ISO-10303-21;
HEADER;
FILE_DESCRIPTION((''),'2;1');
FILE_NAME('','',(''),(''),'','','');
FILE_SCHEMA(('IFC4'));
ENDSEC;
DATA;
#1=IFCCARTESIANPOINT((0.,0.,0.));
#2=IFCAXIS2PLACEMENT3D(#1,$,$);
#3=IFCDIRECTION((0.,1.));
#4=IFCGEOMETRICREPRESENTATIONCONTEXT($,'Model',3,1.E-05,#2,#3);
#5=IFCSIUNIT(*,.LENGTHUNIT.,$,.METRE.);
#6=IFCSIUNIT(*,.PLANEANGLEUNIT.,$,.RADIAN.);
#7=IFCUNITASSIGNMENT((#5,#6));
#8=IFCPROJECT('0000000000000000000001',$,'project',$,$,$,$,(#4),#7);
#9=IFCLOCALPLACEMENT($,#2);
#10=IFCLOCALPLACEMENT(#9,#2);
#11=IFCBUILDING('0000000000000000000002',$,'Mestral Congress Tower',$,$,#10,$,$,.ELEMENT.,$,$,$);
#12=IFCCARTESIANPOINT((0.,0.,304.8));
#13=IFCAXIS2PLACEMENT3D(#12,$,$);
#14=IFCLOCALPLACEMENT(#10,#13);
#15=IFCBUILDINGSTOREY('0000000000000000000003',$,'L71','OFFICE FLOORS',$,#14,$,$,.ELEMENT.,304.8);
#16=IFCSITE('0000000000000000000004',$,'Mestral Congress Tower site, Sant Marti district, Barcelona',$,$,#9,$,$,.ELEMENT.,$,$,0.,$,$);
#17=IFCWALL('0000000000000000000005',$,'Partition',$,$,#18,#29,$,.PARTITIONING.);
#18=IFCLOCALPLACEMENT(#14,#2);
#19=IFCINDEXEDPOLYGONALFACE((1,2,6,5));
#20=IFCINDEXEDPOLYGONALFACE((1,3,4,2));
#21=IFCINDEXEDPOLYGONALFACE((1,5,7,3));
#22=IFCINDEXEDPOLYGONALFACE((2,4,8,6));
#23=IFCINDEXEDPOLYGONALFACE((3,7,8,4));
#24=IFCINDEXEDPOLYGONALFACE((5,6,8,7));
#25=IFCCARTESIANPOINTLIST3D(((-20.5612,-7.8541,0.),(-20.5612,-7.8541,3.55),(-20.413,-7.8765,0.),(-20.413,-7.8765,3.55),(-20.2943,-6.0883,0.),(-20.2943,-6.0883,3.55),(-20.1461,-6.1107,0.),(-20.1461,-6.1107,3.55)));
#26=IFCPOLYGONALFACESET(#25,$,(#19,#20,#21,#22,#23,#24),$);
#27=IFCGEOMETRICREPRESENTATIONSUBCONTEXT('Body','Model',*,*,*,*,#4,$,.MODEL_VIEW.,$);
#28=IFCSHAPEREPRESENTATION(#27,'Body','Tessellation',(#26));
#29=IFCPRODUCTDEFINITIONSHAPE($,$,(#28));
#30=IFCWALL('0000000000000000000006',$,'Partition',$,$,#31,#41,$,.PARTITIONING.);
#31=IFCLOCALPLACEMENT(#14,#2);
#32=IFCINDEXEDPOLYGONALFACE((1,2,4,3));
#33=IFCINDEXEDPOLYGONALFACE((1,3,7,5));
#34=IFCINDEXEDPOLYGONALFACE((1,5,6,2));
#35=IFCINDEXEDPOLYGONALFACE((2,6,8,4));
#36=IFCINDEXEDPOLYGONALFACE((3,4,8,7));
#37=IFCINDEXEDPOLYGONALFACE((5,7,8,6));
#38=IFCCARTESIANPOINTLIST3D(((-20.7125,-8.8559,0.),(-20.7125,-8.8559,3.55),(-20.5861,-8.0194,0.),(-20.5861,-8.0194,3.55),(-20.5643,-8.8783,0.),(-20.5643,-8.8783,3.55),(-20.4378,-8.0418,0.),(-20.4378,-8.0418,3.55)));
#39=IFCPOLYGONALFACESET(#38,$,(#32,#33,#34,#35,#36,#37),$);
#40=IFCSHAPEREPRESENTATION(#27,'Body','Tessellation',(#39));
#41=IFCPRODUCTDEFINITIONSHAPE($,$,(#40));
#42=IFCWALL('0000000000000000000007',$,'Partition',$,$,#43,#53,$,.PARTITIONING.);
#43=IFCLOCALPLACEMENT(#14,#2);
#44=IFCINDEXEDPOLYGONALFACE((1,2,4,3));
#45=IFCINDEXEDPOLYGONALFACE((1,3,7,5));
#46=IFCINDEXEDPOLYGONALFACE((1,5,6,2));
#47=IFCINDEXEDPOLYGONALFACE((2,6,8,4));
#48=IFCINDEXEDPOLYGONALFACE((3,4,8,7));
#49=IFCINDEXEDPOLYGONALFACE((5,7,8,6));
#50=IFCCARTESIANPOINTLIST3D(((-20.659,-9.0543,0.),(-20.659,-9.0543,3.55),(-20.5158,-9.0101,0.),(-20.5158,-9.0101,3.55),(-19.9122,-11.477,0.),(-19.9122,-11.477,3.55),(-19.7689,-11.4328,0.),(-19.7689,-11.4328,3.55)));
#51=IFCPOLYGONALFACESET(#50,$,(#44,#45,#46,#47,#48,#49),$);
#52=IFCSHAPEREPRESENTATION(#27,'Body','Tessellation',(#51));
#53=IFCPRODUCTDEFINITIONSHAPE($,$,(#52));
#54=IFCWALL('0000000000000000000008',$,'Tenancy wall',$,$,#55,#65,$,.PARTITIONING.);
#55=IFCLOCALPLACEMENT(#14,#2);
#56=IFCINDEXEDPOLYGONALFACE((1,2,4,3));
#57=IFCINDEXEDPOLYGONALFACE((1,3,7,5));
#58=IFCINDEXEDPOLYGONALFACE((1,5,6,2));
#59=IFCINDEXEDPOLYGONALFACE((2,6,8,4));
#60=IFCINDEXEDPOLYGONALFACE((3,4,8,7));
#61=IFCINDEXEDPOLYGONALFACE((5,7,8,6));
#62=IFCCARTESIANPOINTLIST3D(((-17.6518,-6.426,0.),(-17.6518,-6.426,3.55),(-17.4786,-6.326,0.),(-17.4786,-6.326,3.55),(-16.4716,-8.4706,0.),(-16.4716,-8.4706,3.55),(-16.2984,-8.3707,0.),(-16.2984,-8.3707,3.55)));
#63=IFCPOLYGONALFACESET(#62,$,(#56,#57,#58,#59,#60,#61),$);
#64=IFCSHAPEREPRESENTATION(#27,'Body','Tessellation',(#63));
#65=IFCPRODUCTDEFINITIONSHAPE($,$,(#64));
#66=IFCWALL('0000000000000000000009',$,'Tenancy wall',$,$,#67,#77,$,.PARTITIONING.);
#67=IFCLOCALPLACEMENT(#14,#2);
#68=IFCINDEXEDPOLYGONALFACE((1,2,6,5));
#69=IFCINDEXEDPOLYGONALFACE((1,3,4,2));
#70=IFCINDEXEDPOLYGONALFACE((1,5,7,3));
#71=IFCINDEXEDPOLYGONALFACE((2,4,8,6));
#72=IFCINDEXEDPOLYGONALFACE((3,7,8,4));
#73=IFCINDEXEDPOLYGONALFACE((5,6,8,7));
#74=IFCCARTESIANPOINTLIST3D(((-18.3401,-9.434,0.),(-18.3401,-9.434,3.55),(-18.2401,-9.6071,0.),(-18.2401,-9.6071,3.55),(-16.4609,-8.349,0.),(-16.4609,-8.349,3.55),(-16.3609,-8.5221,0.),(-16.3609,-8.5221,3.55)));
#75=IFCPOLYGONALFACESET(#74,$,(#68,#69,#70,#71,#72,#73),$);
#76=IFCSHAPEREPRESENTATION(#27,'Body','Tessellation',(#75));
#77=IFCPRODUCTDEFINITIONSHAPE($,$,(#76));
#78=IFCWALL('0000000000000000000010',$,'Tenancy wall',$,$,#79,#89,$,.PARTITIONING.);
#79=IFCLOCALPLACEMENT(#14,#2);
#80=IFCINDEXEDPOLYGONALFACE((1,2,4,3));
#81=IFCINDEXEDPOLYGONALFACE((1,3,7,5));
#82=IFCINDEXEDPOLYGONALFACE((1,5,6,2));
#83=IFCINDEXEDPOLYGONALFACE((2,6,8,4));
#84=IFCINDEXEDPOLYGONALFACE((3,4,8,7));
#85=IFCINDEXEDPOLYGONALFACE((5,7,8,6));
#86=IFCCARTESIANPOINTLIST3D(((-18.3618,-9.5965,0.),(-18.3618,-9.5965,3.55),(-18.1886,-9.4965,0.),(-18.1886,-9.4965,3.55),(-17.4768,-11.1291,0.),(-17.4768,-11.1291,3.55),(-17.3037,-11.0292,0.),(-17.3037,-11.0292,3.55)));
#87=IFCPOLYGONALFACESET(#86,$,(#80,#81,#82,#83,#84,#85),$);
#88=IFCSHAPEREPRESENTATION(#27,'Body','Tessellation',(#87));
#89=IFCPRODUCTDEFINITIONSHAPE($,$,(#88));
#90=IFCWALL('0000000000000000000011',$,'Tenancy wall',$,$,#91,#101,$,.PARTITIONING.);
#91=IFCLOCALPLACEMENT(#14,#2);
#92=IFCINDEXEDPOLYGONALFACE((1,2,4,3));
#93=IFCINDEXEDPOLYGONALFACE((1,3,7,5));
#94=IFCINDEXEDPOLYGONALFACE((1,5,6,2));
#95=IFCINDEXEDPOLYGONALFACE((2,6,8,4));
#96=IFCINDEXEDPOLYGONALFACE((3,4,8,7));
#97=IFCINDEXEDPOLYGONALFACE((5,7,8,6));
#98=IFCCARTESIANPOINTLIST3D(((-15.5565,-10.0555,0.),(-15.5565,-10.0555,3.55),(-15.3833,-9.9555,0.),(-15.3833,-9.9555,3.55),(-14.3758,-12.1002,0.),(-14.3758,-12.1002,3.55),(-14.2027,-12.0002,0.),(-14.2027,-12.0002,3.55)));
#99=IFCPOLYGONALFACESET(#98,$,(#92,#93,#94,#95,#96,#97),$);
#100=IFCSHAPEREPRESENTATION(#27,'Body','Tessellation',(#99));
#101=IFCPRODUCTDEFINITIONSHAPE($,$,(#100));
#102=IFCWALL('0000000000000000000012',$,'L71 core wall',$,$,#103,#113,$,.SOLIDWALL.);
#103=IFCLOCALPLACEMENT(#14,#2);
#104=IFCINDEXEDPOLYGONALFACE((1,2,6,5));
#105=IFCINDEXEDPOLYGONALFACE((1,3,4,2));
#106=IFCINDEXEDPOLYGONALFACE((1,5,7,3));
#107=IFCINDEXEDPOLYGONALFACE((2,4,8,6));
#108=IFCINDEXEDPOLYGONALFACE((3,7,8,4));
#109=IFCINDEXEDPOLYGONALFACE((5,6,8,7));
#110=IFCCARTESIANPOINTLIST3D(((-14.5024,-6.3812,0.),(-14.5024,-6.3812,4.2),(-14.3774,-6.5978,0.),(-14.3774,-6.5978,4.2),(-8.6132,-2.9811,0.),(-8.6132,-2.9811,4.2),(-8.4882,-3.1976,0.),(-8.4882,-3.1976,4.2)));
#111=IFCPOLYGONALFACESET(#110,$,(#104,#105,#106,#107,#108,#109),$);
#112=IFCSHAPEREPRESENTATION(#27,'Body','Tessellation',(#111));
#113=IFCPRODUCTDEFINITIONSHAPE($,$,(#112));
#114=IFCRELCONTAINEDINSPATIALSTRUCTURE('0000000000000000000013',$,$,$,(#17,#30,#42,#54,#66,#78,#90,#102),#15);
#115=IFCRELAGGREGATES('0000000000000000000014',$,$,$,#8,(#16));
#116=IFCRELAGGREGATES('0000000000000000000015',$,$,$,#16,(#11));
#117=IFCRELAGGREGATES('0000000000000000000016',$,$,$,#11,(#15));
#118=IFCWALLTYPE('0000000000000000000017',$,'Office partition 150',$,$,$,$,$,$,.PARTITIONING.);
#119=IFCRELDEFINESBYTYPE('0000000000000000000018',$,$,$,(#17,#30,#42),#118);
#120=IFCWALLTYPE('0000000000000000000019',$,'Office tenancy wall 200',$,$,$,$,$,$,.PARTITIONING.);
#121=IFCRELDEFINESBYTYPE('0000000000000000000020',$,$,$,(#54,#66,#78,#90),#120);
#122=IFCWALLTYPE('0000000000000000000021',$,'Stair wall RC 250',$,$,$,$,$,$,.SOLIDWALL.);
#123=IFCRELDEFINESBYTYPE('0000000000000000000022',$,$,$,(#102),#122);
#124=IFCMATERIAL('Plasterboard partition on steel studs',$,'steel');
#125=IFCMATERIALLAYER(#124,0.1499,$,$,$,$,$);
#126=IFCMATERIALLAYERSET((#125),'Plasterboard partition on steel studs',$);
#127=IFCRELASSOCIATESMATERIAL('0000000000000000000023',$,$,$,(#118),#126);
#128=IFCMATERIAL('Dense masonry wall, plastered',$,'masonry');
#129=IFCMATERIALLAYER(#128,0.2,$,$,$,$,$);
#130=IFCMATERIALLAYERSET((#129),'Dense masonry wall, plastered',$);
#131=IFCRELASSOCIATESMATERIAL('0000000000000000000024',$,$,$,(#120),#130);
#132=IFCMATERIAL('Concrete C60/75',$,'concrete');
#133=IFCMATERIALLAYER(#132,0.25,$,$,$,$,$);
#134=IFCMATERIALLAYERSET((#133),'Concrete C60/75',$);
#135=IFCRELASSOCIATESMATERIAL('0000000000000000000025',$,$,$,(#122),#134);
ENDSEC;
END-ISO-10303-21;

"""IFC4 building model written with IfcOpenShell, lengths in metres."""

from ifc_helpers import new_model, si_unit, direction, frame, frame_2d, origin, place, context, subcontext, project, spatial, rectangle, extrude, material, layer, layer_set, type_object, element, save


model = new_model("IFC4")

# Units and contexts
model_context = context("Model", 3, precision=1e-05, world=origin(), true_north=direction((0.0, 1.0)))
body_context = subcontext(model_context, "Body", "Model", "MODEL_VIEW")
ifc_project = project(units=[si_unit("LENGTHUNIT", "METRE"), si_unit("PLANEANGLEUNIT", "RADIAN")], contexts=[model_context])

# Site, building, storey
site_placement = place(None, origin())
site = spatial("IfcSite", under=ifc_project, at=site_placement, Name="Mestral Congress Tower site, Sant Marti district, Barcelona", CompositionType="ELEMENT", RefElevation=0.0)
building_placement = place(site_placement, origin())
building = spatial("IfcBuilding", under=site, at=building_placement, Name="Mestral Congress Tower", CompositionType="ELEMENT")
storey_placement = place(building_placement, frame((0.0, 0.0, 304.8)))
storey = spatial("IfcBuildingStorey", under=building, at=storey_placement, Name="L71", Description="OFFICE FLOORS", CompositionType="ELEMENT", Elevation=304.8)

# Shared definitions
ifc_material_1 = material(Name="Concrete C60/75", Category="concrete")

# Shared definitions
ifc_material_2 = material(Name="Plasterboard partition on steel studs", Category="steel")
ifc_layer_1 = layer(ifc_material_2, 0.1499)
ifc_layer_set_1 = layer_set([ifc_layer_1], Name="Plasterboard partition on steel studs")
wall_type_1 = type_object("IfcWallType", Name="Office partition 150", PredefinedType="PARTITIONING", material=ifc_layer_set_1)

# Walls
wall_1_placement = place(storey_placement, frame((-20.2202, -6.0994, 0.0), z_axis=(0.0, 0.0, 1.0), x_axis=(-0.149417, -0.988774, 0.0)))
element("IfcWall", 1, at=wall_1_placement, inside=storey, type_object=wall_type_1, Name="Partition", PredefinedType="PARTITIONING", context=body_context, shape_type="SweptSolid", body=[
    extrude(rectangle(XDim=1.7859, YDim=0.1499, at=frame_2d((0.8931, 0.0))), origin(), (0.0, 0.0, 1.0), 3.55),
])
wall_2_placement = place(storey_placement, frame((-20.512, -8.0308, 0.0), z_axis=(0.0, 0.0, 1.0), x_axis=(-0.149498, -0.988762, 0.0)))
element("IfcWall", 2, at=wall_2_placement, inside=storey, type_object=wall_type_1, Name="Partition", PredefinedType="PARTITIONING", context=body_context, shape_type="SweptSolid", body=[
    extrude(rectangle(XDim=0.8459, YDim=0.1499, at=frame_2d((0.4229, 0.0))), origin(), (0.0, 0.0, 1.0), 3.55),
])
wall_3_placement = place(storey_placement, frame((-20.5874, -9.0322, 0.0), z_axis=(0.0, 0.0, 1.0), x_axis=(0.294593, -0.955623, 0.0)))
element("IfcWall", 3, at=wall_3_placement, inside=storey, type_object=wall_type_1, Name="Partition", PredefinedType="PARTITIONING", context=body_context, shape_type="SweptSolid", body=[
    extrude(rectangle(XDim=2.5352, YDim=0.1499, at=frame_2d((1.2676, 0.0))), origin(), (0.0, 0.0, 1.0), 3.55),
])
ifc_material_3 = material(Name="Dense masonry wall, plastered", Category="masonry")
ifc_layer_2 = layer(ifc_material_3, 0.2)
ifc_layer_set_2 = layer_set([ifc_layer_2], Name="Dense masonry wall, plastered")
wall_type_2 = type_object("IfcWallType", Name="Office tenancy wall 200", PredefinedType="PARTITIONING", material=ifc_layer_set_2)
wall_4_placement = place(storey_placement, frame((-17.5652, -6.376, 0.0), z_axis=(0.0, 0.0, 1.0), x_axis=(0.499899, -0.866084, 0.0)))
element("IfcWall", 4, at=wall_4_placement, inside=storey, type_object=wall_type_2, Name="Tenancy wall", PredefinedType="PARTITIONING", context=body_context, shape_type="SweptSolid", body=[
    extrude(rectangle(XDim=2.3608, YDim=0.2, at=frame_2d((1.1804, 0.0))), origin(), (0.0, 0.0, 1.0), 3.55),
])
wall_5_placement = place(storey_placement, frame((-16.4109, -8.4355, 0.0), z_axis=(0.0, 0.0, 1.0), x_axis=(-0.866019, -0.500011, 0.0)))
element("IfcWall", 5, at=wall_5_placement, inside=storey, type_object=wall_type_2, Name="Tenancy wall", PredefinedType="PARTITIONING", context=body_context, shape_type="SweptSolid", body=[
    extrude(rectangle(XDim=2.1699, YDim=0.2, at=frame_2d((1.085, 0.0))), origin(), (0.0, 0.0, 1.0), 3.55),
])
wall_6_placement = place(storey_placement, frame((-18.2751, -9.5466, 0.0), z_axis=(0.0, 0.0, 1.0), x_axis=(0.500041, -0.866002, 0.0)))
element("IfcWall", 6, at=wall_6_placement, inside=storey, type_object=wall_type_2, Name="Tenancy wall", PredefinedType="PARTITIONING", context=body_context, shape_type="SweptSolid", body=[
    extrude(rectangle(XDim=1.7698, YDim=0.2, at=frame_2d((0.8848, 0.0))), origin(), (0.0, 0.0, 1.0), 3.55),
])
wall_7_placement = place(storey_placement, frame((-15.47, -10.0054, 0.0), z_axis=(0.0, 0.0, 1.0), x_axis=(0.500054, -0.865994, 0.0)))
element("IfcWall", 7, at=wall_7_placement, inside=storey, type_object=wall_type_2, Name="Tenancy wall", PredefinedType="PARTITIONING", context=body_context, shape_type="SweptSolid", body=[
    extrude(rectangle(XDim=2.3611, YDim=0.2, at=frame_2d((1.1807, 0.0))), origin(), (0.0, 0.0, 1.0), 3.55),
])
ifc_layer_3 = layer(ifc_material_1, 0.25)
ifc_layer_set_3 = layer_set([ifc_layer_3], Name="Concrete C60/75")
wall_type_3 = type_object("IfcWallType", Name="Stair wall RC 250", PredefinedType="SOLIDWALL", material=ifc_layer_set_3)
wall_8_placement = place(storey_placement, frame((-14.4399, -6.4895, 0.0), z_axis=(0.0, 0.0, 1.0), x_axis=(0.866023, 0.500004, 0.0)))
element("IfcWall", 8, at=wall_8_placement, inside=storey, type_object=wall_type_3, Name="L71 core wall", PredefinedType="SOLIDWALL", context=body_context, shape_type="SweptSolid", body=[
    extrude(rectangle(XDim=6.8003, YDim=0.25, at=frame_2d((3.4001, 0.0))), origin(), (0.0, 0.0, 1.0), 4.2),
])

save(model, "model.ifc")
